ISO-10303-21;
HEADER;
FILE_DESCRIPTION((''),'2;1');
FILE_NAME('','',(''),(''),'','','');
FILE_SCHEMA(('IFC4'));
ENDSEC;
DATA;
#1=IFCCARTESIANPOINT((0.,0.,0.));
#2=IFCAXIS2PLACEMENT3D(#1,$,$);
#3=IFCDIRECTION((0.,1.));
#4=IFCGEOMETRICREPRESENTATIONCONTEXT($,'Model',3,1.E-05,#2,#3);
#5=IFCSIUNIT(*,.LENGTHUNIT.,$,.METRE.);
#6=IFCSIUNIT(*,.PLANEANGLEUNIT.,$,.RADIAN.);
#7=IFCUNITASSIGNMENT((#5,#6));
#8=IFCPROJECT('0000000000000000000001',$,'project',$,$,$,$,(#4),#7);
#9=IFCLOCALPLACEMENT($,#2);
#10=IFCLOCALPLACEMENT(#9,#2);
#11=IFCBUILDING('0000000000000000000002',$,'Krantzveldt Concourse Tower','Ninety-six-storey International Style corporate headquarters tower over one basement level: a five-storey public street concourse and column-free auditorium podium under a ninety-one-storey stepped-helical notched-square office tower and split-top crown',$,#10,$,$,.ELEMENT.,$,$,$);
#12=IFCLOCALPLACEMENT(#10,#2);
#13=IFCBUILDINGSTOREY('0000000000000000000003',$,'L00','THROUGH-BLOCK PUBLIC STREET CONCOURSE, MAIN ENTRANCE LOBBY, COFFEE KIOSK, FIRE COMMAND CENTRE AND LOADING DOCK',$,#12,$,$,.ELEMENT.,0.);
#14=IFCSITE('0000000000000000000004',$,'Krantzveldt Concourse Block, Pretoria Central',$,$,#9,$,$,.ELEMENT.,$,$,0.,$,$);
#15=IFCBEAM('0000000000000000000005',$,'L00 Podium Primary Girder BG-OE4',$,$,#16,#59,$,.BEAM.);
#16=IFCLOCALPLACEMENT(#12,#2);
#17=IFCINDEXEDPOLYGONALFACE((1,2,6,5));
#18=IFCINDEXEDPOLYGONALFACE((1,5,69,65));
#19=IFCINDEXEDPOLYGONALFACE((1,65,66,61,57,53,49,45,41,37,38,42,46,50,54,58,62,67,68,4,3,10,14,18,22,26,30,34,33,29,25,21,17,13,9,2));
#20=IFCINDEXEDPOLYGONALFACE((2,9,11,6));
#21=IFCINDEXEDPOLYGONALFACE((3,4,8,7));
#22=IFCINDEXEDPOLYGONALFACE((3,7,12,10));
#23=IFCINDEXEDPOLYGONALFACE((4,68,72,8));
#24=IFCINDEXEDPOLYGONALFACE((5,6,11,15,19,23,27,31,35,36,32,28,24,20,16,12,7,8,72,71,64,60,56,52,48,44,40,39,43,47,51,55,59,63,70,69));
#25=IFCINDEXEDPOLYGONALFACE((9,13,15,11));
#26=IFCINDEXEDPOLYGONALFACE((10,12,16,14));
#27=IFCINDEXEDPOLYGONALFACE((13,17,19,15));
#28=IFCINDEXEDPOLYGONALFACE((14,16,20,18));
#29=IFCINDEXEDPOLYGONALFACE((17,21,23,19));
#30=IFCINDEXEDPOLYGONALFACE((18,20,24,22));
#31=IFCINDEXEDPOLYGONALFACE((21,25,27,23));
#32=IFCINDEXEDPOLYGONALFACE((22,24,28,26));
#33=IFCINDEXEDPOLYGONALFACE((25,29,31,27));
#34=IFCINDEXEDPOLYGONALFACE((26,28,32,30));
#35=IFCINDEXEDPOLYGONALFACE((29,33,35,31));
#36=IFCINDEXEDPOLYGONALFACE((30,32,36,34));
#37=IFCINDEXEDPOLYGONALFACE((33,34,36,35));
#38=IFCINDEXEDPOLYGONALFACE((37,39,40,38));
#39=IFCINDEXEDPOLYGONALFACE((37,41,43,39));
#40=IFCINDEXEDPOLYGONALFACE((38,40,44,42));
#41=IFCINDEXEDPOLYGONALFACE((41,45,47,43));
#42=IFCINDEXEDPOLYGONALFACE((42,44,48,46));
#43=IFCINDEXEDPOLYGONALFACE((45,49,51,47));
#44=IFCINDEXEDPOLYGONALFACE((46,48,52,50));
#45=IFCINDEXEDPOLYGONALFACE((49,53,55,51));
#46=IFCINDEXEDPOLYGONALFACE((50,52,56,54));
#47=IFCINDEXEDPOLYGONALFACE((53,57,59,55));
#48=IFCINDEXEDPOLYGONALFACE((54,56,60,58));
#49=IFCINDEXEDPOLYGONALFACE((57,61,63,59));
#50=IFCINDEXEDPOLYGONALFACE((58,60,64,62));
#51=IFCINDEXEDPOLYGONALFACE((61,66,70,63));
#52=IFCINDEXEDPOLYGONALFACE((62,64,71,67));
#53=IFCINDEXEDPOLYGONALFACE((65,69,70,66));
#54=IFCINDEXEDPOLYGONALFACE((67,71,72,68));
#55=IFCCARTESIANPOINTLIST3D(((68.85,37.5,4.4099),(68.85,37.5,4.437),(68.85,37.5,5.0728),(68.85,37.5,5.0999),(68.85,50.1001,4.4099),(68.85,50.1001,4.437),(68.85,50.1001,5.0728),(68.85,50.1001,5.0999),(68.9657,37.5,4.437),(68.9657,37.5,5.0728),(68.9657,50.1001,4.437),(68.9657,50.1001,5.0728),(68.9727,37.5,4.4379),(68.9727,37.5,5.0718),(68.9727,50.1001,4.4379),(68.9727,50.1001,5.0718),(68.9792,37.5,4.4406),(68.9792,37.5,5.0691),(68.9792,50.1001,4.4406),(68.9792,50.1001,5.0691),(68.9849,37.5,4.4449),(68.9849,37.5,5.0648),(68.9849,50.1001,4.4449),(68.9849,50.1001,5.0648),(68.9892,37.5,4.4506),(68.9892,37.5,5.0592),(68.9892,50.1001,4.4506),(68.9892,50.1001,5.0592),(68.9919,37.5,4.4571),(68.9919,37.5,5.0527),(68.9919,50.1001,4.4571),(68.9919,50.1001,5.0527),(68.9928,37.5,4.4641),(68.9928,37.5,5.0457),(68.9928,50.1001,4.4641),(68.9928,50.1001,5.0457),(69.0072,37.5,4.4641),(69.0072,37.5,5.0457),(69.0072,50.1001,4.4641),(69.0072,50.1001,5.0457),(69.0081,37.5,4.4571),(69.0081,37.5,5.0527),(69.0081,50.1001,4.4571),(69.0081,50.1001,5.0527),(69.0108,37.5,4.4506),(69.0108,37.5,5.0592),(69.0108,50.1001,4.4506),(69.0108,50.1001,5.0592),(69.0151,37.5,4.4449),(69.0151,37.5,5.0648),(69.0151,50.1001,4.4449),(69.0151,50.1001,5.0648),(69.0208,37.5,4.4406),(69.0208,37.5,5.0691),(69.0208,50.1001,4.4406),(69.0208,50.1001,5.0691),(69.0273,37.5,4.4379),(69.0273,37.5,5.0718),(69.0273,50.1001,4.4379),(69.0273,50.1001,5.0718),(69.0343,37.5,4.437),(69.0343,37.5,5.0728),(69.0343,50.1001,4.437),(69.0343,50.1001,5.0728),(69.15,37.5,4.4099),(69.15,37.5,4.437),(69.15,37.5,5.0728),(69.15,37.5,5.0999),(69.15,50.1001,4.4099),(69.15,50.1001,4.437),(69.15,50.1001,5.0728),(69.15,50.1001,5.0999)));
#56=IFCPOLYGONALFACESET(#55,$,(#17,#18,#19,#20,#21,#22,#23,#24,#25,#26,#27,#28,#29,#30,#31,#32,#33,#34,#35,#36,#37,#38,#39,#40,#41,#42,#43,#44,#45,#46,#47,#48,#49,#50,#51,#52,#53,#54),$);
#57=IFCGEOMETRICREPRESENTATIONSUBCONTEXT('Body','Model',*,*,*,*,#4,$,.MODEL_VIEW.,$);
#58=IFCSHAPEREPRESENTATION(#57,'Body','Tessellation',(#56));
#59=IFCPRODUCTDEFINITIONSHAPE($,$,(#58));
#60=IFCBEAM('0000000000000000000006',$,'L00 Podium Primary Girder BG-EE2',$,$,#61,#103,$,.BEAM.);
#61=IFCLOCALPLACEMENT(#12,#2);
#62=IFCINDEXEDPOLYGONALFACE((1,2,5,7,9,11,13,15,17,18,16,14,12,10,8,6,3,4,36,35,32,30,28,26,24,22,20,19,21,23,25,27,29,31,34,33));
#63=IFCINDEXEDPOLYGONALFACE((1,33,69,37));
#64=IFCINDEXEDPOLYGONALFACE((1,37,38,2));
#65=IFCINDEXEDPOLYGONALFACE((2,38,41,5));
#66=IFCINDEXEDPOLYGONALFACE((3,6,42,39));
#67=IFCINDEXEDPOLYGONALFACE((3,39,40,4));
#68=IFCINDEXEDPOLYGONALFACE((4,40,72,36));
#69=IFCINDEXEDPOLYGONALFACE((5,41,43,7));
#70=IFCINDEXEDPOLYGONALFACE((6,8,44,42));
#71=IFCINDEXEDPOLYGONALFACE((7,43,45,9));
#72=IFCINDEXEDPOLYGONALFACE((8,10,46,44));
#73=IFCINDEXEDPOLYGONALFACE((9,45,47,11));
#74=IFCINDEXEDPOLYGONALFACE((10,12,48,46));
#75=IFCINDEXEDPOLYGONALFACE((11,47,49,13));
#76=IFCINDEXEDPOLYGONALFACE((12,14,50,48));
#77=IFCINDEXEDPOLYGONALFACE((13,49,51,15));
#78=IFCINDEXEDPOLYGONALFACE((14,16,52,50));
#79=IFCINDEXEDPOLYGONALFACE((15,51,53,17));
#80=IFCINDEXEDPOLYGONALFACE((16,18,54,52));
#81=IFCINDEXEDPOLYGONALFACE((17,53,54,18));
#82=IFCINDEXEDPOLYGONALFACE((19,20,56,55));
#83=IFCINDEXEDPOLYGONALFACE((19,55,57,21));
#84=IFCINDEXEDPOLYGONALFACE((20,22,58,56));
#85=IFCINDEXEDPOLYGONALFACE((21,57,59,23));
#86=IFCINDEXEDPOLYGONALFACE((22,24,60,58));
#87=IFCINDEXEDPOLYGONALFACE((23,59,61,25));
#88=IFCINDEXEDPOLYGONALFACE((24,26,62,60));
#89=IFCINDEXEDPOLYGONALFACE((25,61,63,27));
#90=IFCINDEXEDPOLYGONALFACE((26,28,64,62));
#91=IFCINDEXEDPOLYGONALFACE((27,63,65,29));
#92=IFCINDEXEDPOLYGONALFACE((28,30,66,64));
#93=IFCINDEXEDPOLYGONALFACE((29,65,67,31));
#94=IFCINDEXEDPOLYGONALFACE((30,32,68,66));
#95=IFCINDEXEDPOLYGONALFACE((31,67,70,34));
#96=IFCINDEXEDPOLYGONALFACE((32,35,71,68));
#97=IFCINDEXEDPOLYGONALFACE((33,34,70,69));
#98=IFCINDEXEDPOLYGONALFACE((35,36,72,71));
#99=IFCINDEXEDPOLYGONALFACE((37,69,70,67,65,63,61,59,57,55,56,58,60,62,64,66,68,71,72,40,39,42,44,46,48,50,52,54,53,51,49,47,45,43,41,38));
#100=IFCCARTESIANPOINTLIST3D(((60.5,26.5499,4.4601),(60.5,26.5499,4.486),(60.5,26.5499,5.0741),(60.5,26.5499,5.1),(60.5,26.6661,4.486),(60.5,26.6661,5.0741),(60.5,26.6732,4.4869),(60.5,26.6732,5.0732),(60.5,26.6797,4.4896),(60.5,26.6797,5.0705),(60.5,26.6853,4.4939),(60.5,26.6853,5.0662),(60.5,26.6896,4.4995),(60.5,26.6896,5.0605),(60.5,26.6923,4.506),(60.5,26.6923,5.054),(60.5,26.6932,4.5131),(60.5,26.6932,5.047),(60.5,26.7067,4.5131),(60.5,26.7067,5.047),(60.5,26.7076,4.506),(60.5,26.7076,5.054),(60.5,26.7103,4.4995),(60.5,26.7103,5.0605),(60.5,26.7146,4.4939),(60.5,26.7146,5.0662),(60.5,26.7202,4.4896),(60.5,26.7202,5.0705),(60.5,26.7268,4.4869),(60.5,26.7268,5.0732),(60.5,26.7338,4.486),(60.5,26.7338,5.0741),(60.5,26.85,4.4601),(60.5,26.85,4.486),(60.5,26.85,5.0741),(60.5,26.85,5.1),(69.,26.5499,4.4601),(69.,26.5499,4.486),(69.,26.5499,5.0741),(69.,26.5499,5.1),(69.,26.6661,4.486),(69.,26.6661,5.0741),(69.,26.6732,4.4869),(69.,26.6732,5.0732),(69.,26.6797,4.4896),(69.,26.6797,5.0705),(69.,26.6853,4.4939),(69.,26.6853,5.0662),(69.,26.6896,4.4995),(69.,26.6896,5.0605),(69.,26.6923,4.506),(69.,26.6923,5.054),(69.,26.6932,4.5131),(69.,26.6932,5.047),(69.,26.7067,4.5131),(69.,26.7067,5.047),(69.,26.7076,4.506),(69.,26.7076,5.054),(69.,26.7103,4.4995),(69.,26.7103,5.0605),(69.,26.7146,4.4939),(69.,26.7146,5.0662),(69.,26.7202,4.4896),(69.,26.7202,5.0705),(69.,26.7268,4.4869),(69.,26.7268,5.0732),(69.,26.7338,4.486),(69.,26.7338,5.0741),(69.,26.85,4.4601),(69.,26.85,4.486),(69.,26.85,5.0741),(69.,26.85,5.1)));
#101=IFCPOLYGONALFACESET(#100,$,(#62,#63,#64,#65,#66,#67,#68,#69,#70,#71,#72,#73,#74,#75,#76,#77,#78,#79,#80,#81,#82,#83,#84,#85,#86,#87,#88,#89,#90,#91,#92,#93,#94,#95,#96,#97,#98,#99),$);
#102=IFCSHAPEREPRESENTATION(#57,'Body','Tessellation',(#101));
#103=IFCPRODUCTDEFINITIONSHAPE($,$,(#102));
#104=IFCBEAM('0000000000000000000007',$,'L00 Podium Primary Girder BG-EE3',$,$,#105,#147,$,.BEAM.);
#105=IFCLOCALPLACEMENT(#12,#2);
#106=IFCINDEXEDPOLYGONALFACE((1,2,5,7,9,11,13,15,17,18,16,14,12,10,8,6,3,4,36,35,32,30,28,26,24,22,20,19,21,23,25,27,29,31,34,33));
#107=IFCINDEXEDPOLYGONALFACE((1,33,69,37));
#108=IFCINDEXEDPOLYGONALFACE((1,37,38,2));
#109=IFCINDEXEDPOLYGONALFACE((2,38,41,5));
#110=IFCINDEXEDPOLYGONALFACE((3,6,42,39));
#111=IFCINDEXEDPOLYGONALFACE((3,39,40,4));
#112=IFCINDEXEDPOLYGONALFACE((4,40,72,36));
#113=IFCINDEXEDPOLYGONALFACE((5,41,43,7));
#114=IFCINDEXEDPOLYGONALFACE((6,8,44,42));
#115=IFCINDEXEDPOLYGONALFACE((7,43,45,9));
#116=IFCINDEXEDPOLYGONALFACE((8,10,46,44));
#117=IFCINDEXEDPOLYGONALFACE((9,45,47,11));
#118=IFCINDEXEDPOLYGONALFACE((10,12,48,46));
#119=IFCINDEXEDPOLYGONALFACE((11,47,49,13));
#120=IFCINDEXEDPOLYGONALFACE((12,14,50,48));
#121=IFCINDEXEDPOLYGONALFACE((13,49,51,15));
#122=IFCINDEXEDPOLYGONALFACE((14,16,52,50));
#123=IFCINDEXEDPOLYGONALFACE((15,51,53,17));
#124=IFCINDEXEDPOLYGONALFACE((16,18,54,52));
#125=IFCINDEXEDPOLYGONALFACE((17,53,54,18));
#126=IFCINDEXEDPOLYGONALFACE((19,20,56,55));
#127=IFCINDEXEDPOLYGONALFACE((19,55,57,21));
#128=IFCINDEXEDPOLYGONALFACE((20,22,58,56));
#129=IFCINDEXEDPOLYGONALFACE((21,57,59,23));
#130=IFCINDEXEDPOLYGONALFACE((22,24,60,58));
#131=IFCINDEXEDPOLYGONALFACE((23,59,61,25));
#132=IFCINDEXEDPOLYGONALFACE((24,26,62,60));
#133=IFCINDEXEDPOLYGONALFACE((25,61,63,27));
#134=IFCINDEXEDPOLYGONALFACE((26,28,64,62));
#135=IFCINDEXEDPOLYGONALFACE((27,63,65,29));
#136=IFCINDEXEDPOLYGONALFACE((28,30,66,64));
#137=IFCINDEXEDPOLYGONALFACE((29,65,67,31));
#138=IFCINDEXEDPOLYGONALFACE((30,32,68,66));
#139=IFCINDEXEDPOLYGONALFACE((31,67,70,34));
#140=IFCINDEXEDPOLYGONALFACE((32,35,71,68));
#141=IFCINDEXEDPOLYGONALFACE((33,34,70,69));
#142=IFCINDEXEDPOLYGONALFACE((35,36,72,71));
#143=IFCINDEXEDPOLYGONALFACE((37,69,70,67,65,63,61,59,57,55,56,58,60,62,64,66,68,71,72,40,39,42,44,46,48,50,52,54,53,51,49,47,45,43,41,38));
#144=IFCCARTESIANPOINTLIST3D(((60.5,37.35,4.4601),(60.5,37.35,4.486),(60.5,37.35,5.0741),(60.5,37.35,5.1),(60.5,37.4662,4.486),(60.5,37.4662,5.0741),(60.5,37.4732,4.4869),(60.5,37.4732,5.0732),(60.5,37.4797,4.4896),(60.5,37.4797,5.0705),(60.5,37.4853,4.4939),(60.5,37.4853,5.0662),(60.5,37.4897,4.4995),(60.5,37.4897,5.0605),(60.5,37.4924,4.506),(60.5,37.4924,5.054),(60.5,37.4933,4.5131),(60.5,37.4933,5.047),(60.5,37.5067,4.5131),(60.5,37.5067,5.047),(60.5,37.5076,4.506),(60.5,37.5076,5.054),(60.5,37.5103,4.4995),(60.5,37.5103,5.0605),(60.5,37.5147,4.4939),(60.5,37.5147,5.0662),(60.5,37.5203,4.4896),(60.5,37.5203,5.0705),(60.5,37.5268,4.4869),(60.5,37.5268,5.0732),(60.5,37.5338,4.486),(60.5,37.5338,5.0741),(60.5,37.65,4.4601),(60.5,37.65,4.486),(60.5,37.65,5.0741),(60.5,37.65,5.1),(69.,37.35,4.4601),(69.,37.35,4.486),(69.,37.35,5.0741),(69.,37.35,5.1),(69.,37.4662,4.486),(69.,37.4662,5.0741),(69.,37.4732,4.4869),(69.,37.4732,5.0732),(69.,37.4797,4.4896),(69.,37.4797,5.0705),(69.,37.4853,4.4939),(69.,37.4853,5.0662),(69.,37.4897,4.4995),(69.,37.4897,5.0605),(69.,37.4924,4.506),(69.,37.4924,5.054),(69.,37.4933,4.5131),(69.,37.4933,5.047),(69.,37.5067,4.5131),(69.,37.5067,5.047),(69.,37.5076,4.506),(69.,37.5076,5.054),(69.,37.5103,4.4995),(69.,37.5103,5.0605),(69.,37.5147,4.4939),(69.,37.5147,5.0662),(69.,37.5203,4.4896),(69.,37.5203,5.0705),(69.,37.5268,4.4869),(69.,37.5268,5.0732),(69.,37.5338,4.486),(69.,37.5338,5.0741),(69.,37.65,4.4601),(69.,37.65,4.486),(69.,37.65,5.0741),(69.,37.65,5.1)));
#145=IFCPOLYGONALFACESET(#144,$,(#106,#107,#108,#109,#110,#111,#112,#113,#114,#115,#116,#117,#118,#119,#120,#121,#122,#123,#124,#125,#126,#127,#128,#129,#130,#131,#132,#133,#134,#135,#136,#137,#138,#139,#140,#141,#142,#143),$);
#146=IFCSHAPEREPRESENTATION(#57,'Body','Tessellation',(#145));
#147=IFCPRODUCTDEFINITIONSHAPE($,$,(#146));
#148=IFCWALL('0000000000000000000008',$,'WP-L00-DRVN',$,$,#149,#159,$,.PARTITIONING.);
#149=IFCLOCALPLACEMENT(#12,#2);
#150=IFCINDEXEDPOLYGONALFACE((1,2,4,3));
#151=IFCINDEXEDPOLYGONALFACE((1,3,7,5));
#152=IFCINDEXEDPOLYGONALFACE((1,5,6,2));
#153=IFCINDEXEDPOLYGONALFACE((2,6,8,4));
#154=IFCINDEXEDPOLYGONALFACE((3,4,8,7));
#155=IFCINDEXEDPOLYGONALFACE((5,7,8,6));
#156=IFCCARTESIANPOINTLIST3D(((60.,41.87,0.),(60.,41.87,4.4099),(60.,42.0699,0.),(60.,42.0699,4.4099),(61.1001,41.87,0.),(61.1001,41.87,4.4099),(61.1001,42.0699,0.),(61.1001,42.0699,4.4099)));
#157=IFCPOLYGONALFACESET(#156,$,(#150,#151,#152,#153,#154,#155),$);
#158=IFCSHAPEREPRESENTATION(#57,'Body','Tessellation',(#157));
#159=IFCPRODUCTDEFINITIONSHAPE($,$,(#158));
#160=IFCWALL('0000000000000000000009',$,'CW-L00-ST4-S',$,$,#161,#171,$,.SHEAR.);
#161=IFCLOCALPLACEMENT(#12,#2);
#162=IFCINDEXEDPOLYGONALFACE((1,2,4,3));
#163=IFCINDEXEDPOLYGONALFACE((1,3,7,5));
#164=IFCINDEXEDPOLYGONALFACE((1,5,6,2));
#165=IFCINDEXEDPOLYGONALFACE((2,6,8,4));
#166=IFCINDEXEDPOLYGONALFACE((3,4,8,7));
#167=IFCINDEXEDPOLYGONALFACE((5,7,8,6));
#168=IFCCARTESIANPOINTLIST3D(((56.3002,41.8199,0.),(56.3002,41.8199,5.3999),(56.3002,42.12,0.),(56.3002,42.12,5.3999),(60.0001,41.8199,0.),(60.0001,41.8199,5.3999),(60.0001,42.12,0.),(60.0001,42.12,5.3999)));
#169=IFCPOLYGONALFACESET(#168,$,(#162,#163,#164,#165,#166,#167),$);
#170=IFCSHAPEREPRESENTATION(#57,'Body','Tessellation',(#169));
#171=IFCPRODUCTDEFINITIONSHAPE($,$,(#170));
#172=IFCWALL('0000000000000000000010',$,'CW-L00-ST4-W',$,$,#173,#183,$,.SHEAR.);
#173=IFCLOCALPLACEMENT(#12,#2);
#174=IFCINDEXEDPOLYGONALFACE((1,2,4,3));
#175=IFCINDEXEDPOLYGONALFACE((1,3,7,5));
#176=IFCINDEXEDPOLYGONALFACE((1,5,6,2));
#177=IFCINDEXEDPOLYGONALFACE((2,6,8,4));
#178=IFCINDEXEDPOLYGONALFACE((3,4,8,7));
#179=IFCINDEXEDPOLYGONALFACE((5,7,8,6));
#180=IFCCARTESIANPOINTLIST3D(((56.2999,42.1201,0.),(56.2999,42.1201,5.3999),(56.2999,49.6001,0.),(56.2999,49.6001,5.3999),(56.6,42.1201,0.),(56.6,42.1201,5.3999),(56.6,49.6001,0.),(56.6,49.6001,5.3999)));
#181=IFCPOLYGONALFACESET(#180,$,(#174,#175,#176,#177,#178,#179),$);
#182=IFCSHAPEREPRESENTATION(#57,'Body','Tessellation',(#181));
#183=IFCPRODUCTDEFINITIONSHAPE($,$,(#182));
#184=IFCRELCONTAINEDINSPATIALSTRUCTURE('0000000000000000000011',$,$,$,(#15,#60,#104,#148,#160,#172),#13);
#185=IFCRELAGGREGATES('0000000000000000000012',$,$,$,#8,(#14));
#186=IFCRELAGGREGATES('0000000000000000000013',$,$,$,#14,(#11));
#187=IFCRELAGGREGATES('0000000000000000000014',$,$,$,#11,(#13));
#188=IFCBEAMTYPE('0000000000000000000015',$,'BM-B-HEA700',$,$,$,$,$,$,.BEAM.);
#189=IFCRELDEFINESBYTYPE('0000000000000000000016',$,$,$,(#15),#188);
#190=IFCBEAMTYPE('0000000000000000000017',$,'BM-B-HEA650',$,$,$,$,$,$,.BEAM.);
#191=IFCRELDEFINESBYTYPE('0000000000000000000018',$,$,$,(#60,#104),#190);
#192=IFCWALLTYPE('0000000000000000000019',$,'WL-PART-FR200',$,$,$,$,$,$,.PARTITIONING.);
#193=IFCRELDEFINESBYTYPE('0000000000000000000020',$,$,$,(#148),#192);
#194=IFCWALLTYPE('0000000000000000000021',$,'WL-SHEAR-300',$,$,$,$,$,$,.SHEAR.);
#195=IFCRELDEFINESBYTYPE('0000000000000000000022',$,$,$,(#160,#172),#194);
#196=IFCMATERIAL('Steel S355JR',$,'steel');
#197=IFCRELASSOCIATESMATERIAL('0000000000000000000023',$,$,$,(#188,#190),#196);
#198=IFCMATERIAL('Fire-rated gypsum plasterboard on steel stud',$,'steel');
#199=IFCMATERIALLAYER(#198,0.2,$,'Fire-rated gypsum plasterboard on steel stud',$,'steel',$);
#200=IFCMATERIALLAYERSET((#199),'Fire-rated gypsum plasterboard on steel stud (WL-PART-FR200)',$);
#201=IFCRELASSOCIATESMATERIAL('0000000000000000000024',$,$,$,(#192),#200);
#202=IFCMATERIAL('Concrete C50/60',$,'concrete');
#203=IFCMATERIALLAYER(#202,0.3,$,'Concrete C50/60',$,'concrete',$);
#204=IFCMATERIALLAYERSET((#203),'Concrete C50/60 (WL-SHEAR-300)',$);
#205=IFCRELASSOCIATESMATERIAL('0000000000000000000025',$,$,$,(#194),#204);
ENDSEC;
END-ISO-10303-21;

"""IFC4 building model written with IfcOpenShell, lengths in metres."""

from ifc_helpers import new_model, si_unit, direction, frame, frame_2d, origin, origin_2d, place, context, subcontext, project, spatial, rectangle, i_section, extrude, source, transform, mapped, material, layer, layer_set, material_profile, profile_set, type_object, type_shapes, element, save


model = new_model("IFC4")

# Units and contexts
model_context = context("Model", 3, precision=1e-05, world=origin(), true_north=direction((0.0, 1.0)))
body_context = subcontext(model_context, "Body", "Model", "MODEL_VIEW")
ifc_project = project(units=[si_unit("LENGTHUNIT", "METRE"), si_unit("PLANEANGLEUNIT", "RADIAN")], contexts=[model_context])

# Site, building, storey
site_placement = place(None, origin())
site = spatial("IfcSite", under=ifc_project, at=site_placement, Name="Krantzveldt Concourse Block, Pretoria Central", CompositionType="ELEMENT", RefElevation=0.0)
building_placement = place(site_placement, origin())
building = spatial("IfcBuilding", under=site, at=building_placement, Name="Krantzveldt Concourse Tower", Description="Ninety-six-storey International Style corporate headquarters tower over one basement level: a five-storey public street concourse and column-free auditorium podium under a ninety-one-storey stepped-helical notched-square office tower and split-top crown", CompositionType="ELEMENT")
storey_placement = place(building_placement, origin())
storey = spatial("IfcBuildingStorey", under=building, at=storey_placement, Name="L00", Description="THROUGH-BLOCK PUBLIC STREET CONCOURSE, MAIN ENTRANCE LOBBY, COFFEE KIOSK, FIRE COMMAND CENTRE AND LOADING DOCK", CompositionType="ELEMENT", Elevation=0.0)

# Beams
ifc_material_1 = material(Name="Steel S355JR", Category="steel")
ifc_material_profile_1 = material_profile(ifc_material_1, i_section(OverallWidth=0.3, OverallDepth=0.6899, WebThickness=0.0144, FlangeThickness=0.0271, FilletRadius=0.0271, at=origin_2d()), Name="Steel S355JR", Category="steel")
ifc_profile_set_1 = profile_set([ifc_material_profile_1], Name="Steel S355JR - HEA 700")
beam_type_1 = type_object("IfcBeamType", Name="BM-B-HEA700", PredefinedType="BEAM", material=ifc_profile_set_1)
shared_shape_1 = source(origin(), body_context, "Body", "SweptSolid", [
    extrude(i_section(OverallWidth=0.3, OverallDepth=0.6899, WebThickness=0.0144, FlangeThickness=0.0271, FilletRadius=0.0271, at=origin_2d()), origin(), (0.0, 0.0, 1.0), 12.6001),
])
for number, where, z_axis, x_axis, name in (
    (1, (69.0, 37.5, 4.7549), (0.0, 1.0, 0.0), (-1.0, 0.0, 0.0), "L00 Podium Primary Girder BG-OE4"),
):
    element("IfcBeam", number, at=place(storey_placement, frame(where, z_axis=z_axis, x_axis=x_axis)), inside=storey, type_object=beam_type_1, Name=name, PredefinedType="BEAM", context=body_context, shape_type="MappedRepresentation", body=[
        mapped(shared_shape_1, transform((0.0, 0.0, 0.0), x_axis=(1.0, 0.0, 0.0), y_axis=(0.0, 1.0, 0.0), z_axis=(0.0, 0.0, 1.0), scale=1.0)),
    ])
ifc_material_profile_2 = material_profile(ifc_material_1, i_section(OverallWidth=0.3, OverallDepth=0.6399, WebThickness=0.0134, FlangeThickness=0.0259, FilletRadius=0.0271, at=origin_2d()), Name="Steel S355JR", Category="steel")
ifc_profile_set_2 = profile_set([ifc_material_profile_2], Name="Steel S355JR - HEA 650")
beam_type_2 = type_object("IfcBeamType", Name="BM-B-HEA650", PredefinedType="BEAM", material=ifc_profile_set_2)
shared_shape_2 = source(origin(), body_context, "Body", "SweptSolid", [
    extrude(i_section(OverallWidth=0.3, OverallDepth=0.6399, WebThickness=0.0134, FlangeThickness=0.0259, FilletRadius=0.0271, at=origin_2d()), origin(), (0.0, 0.0, 1.0), 8.5),
])
type_shapes(beam_type_2, [shared_shape_2])
for number, where, z_axis, x_axis, name in (
    (2, (60.5, 26.7, 4.78), (1.0, 0.0, 0.0), (0.0, 1.0, 0.0), "L00 Podium Primary Girder BG-EE2"),
    (3, (60.5, 37.5, 4.78), (1.0, 0.0, 0.0), (0.0, 1.0, 0.0), "L00 Podium Primary Girder BG-EE3"),
):
    element("IfcBeam", number, at=place(storey_placement, frame(where, z_axis=z_axis, x_axis=x_axis)), inside=storey, type_object=beam_type_2, Name=name, PredefinedType="BEAM", context=body_context, shape_type="MappedRepresentation", body=[
        mapped(shared_shape_2, transform((0.0, 0.0, 0.0), x_axis=(1.0, 0.0, 0.0), y_axis=(0.0, 1.0, 0.0), z_axis=(0.0, 0.0, 1.0), scale=1.0)),
    ])

# Walls
ifc_material_2 = material(Name="Fire-rated gypsum plasterboard on steel stud", Category="steel")
ifc_layer_1 = layer(ifc_material_2, 0.2, Name="Fire-rated gypsum plasterboard on steel stud", Category="steel")
ifc_layer_set_1 = layer_set([ifc_layer_1], Name="Fire-rated gypsum plasterboard on steel stud (WL-PART-FR200)")
wall_type_1 = type_object("IfcWallType", Name="WL-PART-FR200", PredefinedType="PARTITIONING", material=ifc_layer_set_1)
wall_1_placement = place(storey_placement, frame((60.0, 41.97, 0.0), z_axis=(0.0, 0.0, 1.0), x_axis=(1.0, 0.0, 0.0)))
element("IfcWall", 4, at=wall_1_placement, inside=storey, type_object=wall_type_1, Name="WP-L00-DRVN", PredefinedType="PARTITIONING", context=body_context, shape_type="SweptSolid", body=[
    extrude(rectangle(XDim=1.1001, YDim=0.2, at=frame_2d((0.55, 0.0))), origin(), (0.0, 0.0, 1.0), 4.4099),
])
ifc_material_3 = material(Name="Concrete C50/60", Category="concrete")
ifc_layer_2 = layer(ifc_material_3, 0.3, Name="Concrete C50/60", Category="concrete")
ifc_layer_set_2 = layer_set([ifc_layer_2], Name="Concrete C50/60 (WL-SHEAR-300)")
wall_type_2 = type_object("IfcWallType", Name="WL-SHEAR-300", PredefinedType="SHEAR", material=ifc_layer_set_2)
wall_2_placement = place(storey_placement, frame((56.3, 41.97, 0.0), z_axis=(0.0, 0.0, 1.0), x_axis=(1.0, 0.0, 0.0)))
element("IfcWall", 5, at=wall_2_placement, inside=storey, type_object=wall_type_2, Name="CW-L00-ST4-S", PredefinedType="SHEAR", context=body_context, shape_type="SweptSolid", body=[
    extrude(rectangle(XDim=3.7, YDim=0.3, at=frame_2d((1.8501, 0.0))), origin(), (0.0, 0.0, 1.0), 5.3999),
])
for number, where, z_axis, x_axis, name in (
    (6, (56.45, 42.1201, 0.0), (0.0, 0.0, 1.0), (0.0, 1.0, 0.0), "CW-L00-ST4-W"),
):
    element("IfcWall", number, at=place(storey_placement, frame(where, z_axis=z_axis, x_axis=x_axis)), inside=storey, type_object=wall_type_2, Name=name, PredefinedType="SHEAR", context=body_context, shape_type="SweptSolid", body=[
        extrude(rectangle(XDim=7.48, YDim=0.3, at=frame_2d((3.74, 0.0))), origin(), (0.0, 0.0, 1.0), 5.3999),
    ])

save(model, "model.ifc")
